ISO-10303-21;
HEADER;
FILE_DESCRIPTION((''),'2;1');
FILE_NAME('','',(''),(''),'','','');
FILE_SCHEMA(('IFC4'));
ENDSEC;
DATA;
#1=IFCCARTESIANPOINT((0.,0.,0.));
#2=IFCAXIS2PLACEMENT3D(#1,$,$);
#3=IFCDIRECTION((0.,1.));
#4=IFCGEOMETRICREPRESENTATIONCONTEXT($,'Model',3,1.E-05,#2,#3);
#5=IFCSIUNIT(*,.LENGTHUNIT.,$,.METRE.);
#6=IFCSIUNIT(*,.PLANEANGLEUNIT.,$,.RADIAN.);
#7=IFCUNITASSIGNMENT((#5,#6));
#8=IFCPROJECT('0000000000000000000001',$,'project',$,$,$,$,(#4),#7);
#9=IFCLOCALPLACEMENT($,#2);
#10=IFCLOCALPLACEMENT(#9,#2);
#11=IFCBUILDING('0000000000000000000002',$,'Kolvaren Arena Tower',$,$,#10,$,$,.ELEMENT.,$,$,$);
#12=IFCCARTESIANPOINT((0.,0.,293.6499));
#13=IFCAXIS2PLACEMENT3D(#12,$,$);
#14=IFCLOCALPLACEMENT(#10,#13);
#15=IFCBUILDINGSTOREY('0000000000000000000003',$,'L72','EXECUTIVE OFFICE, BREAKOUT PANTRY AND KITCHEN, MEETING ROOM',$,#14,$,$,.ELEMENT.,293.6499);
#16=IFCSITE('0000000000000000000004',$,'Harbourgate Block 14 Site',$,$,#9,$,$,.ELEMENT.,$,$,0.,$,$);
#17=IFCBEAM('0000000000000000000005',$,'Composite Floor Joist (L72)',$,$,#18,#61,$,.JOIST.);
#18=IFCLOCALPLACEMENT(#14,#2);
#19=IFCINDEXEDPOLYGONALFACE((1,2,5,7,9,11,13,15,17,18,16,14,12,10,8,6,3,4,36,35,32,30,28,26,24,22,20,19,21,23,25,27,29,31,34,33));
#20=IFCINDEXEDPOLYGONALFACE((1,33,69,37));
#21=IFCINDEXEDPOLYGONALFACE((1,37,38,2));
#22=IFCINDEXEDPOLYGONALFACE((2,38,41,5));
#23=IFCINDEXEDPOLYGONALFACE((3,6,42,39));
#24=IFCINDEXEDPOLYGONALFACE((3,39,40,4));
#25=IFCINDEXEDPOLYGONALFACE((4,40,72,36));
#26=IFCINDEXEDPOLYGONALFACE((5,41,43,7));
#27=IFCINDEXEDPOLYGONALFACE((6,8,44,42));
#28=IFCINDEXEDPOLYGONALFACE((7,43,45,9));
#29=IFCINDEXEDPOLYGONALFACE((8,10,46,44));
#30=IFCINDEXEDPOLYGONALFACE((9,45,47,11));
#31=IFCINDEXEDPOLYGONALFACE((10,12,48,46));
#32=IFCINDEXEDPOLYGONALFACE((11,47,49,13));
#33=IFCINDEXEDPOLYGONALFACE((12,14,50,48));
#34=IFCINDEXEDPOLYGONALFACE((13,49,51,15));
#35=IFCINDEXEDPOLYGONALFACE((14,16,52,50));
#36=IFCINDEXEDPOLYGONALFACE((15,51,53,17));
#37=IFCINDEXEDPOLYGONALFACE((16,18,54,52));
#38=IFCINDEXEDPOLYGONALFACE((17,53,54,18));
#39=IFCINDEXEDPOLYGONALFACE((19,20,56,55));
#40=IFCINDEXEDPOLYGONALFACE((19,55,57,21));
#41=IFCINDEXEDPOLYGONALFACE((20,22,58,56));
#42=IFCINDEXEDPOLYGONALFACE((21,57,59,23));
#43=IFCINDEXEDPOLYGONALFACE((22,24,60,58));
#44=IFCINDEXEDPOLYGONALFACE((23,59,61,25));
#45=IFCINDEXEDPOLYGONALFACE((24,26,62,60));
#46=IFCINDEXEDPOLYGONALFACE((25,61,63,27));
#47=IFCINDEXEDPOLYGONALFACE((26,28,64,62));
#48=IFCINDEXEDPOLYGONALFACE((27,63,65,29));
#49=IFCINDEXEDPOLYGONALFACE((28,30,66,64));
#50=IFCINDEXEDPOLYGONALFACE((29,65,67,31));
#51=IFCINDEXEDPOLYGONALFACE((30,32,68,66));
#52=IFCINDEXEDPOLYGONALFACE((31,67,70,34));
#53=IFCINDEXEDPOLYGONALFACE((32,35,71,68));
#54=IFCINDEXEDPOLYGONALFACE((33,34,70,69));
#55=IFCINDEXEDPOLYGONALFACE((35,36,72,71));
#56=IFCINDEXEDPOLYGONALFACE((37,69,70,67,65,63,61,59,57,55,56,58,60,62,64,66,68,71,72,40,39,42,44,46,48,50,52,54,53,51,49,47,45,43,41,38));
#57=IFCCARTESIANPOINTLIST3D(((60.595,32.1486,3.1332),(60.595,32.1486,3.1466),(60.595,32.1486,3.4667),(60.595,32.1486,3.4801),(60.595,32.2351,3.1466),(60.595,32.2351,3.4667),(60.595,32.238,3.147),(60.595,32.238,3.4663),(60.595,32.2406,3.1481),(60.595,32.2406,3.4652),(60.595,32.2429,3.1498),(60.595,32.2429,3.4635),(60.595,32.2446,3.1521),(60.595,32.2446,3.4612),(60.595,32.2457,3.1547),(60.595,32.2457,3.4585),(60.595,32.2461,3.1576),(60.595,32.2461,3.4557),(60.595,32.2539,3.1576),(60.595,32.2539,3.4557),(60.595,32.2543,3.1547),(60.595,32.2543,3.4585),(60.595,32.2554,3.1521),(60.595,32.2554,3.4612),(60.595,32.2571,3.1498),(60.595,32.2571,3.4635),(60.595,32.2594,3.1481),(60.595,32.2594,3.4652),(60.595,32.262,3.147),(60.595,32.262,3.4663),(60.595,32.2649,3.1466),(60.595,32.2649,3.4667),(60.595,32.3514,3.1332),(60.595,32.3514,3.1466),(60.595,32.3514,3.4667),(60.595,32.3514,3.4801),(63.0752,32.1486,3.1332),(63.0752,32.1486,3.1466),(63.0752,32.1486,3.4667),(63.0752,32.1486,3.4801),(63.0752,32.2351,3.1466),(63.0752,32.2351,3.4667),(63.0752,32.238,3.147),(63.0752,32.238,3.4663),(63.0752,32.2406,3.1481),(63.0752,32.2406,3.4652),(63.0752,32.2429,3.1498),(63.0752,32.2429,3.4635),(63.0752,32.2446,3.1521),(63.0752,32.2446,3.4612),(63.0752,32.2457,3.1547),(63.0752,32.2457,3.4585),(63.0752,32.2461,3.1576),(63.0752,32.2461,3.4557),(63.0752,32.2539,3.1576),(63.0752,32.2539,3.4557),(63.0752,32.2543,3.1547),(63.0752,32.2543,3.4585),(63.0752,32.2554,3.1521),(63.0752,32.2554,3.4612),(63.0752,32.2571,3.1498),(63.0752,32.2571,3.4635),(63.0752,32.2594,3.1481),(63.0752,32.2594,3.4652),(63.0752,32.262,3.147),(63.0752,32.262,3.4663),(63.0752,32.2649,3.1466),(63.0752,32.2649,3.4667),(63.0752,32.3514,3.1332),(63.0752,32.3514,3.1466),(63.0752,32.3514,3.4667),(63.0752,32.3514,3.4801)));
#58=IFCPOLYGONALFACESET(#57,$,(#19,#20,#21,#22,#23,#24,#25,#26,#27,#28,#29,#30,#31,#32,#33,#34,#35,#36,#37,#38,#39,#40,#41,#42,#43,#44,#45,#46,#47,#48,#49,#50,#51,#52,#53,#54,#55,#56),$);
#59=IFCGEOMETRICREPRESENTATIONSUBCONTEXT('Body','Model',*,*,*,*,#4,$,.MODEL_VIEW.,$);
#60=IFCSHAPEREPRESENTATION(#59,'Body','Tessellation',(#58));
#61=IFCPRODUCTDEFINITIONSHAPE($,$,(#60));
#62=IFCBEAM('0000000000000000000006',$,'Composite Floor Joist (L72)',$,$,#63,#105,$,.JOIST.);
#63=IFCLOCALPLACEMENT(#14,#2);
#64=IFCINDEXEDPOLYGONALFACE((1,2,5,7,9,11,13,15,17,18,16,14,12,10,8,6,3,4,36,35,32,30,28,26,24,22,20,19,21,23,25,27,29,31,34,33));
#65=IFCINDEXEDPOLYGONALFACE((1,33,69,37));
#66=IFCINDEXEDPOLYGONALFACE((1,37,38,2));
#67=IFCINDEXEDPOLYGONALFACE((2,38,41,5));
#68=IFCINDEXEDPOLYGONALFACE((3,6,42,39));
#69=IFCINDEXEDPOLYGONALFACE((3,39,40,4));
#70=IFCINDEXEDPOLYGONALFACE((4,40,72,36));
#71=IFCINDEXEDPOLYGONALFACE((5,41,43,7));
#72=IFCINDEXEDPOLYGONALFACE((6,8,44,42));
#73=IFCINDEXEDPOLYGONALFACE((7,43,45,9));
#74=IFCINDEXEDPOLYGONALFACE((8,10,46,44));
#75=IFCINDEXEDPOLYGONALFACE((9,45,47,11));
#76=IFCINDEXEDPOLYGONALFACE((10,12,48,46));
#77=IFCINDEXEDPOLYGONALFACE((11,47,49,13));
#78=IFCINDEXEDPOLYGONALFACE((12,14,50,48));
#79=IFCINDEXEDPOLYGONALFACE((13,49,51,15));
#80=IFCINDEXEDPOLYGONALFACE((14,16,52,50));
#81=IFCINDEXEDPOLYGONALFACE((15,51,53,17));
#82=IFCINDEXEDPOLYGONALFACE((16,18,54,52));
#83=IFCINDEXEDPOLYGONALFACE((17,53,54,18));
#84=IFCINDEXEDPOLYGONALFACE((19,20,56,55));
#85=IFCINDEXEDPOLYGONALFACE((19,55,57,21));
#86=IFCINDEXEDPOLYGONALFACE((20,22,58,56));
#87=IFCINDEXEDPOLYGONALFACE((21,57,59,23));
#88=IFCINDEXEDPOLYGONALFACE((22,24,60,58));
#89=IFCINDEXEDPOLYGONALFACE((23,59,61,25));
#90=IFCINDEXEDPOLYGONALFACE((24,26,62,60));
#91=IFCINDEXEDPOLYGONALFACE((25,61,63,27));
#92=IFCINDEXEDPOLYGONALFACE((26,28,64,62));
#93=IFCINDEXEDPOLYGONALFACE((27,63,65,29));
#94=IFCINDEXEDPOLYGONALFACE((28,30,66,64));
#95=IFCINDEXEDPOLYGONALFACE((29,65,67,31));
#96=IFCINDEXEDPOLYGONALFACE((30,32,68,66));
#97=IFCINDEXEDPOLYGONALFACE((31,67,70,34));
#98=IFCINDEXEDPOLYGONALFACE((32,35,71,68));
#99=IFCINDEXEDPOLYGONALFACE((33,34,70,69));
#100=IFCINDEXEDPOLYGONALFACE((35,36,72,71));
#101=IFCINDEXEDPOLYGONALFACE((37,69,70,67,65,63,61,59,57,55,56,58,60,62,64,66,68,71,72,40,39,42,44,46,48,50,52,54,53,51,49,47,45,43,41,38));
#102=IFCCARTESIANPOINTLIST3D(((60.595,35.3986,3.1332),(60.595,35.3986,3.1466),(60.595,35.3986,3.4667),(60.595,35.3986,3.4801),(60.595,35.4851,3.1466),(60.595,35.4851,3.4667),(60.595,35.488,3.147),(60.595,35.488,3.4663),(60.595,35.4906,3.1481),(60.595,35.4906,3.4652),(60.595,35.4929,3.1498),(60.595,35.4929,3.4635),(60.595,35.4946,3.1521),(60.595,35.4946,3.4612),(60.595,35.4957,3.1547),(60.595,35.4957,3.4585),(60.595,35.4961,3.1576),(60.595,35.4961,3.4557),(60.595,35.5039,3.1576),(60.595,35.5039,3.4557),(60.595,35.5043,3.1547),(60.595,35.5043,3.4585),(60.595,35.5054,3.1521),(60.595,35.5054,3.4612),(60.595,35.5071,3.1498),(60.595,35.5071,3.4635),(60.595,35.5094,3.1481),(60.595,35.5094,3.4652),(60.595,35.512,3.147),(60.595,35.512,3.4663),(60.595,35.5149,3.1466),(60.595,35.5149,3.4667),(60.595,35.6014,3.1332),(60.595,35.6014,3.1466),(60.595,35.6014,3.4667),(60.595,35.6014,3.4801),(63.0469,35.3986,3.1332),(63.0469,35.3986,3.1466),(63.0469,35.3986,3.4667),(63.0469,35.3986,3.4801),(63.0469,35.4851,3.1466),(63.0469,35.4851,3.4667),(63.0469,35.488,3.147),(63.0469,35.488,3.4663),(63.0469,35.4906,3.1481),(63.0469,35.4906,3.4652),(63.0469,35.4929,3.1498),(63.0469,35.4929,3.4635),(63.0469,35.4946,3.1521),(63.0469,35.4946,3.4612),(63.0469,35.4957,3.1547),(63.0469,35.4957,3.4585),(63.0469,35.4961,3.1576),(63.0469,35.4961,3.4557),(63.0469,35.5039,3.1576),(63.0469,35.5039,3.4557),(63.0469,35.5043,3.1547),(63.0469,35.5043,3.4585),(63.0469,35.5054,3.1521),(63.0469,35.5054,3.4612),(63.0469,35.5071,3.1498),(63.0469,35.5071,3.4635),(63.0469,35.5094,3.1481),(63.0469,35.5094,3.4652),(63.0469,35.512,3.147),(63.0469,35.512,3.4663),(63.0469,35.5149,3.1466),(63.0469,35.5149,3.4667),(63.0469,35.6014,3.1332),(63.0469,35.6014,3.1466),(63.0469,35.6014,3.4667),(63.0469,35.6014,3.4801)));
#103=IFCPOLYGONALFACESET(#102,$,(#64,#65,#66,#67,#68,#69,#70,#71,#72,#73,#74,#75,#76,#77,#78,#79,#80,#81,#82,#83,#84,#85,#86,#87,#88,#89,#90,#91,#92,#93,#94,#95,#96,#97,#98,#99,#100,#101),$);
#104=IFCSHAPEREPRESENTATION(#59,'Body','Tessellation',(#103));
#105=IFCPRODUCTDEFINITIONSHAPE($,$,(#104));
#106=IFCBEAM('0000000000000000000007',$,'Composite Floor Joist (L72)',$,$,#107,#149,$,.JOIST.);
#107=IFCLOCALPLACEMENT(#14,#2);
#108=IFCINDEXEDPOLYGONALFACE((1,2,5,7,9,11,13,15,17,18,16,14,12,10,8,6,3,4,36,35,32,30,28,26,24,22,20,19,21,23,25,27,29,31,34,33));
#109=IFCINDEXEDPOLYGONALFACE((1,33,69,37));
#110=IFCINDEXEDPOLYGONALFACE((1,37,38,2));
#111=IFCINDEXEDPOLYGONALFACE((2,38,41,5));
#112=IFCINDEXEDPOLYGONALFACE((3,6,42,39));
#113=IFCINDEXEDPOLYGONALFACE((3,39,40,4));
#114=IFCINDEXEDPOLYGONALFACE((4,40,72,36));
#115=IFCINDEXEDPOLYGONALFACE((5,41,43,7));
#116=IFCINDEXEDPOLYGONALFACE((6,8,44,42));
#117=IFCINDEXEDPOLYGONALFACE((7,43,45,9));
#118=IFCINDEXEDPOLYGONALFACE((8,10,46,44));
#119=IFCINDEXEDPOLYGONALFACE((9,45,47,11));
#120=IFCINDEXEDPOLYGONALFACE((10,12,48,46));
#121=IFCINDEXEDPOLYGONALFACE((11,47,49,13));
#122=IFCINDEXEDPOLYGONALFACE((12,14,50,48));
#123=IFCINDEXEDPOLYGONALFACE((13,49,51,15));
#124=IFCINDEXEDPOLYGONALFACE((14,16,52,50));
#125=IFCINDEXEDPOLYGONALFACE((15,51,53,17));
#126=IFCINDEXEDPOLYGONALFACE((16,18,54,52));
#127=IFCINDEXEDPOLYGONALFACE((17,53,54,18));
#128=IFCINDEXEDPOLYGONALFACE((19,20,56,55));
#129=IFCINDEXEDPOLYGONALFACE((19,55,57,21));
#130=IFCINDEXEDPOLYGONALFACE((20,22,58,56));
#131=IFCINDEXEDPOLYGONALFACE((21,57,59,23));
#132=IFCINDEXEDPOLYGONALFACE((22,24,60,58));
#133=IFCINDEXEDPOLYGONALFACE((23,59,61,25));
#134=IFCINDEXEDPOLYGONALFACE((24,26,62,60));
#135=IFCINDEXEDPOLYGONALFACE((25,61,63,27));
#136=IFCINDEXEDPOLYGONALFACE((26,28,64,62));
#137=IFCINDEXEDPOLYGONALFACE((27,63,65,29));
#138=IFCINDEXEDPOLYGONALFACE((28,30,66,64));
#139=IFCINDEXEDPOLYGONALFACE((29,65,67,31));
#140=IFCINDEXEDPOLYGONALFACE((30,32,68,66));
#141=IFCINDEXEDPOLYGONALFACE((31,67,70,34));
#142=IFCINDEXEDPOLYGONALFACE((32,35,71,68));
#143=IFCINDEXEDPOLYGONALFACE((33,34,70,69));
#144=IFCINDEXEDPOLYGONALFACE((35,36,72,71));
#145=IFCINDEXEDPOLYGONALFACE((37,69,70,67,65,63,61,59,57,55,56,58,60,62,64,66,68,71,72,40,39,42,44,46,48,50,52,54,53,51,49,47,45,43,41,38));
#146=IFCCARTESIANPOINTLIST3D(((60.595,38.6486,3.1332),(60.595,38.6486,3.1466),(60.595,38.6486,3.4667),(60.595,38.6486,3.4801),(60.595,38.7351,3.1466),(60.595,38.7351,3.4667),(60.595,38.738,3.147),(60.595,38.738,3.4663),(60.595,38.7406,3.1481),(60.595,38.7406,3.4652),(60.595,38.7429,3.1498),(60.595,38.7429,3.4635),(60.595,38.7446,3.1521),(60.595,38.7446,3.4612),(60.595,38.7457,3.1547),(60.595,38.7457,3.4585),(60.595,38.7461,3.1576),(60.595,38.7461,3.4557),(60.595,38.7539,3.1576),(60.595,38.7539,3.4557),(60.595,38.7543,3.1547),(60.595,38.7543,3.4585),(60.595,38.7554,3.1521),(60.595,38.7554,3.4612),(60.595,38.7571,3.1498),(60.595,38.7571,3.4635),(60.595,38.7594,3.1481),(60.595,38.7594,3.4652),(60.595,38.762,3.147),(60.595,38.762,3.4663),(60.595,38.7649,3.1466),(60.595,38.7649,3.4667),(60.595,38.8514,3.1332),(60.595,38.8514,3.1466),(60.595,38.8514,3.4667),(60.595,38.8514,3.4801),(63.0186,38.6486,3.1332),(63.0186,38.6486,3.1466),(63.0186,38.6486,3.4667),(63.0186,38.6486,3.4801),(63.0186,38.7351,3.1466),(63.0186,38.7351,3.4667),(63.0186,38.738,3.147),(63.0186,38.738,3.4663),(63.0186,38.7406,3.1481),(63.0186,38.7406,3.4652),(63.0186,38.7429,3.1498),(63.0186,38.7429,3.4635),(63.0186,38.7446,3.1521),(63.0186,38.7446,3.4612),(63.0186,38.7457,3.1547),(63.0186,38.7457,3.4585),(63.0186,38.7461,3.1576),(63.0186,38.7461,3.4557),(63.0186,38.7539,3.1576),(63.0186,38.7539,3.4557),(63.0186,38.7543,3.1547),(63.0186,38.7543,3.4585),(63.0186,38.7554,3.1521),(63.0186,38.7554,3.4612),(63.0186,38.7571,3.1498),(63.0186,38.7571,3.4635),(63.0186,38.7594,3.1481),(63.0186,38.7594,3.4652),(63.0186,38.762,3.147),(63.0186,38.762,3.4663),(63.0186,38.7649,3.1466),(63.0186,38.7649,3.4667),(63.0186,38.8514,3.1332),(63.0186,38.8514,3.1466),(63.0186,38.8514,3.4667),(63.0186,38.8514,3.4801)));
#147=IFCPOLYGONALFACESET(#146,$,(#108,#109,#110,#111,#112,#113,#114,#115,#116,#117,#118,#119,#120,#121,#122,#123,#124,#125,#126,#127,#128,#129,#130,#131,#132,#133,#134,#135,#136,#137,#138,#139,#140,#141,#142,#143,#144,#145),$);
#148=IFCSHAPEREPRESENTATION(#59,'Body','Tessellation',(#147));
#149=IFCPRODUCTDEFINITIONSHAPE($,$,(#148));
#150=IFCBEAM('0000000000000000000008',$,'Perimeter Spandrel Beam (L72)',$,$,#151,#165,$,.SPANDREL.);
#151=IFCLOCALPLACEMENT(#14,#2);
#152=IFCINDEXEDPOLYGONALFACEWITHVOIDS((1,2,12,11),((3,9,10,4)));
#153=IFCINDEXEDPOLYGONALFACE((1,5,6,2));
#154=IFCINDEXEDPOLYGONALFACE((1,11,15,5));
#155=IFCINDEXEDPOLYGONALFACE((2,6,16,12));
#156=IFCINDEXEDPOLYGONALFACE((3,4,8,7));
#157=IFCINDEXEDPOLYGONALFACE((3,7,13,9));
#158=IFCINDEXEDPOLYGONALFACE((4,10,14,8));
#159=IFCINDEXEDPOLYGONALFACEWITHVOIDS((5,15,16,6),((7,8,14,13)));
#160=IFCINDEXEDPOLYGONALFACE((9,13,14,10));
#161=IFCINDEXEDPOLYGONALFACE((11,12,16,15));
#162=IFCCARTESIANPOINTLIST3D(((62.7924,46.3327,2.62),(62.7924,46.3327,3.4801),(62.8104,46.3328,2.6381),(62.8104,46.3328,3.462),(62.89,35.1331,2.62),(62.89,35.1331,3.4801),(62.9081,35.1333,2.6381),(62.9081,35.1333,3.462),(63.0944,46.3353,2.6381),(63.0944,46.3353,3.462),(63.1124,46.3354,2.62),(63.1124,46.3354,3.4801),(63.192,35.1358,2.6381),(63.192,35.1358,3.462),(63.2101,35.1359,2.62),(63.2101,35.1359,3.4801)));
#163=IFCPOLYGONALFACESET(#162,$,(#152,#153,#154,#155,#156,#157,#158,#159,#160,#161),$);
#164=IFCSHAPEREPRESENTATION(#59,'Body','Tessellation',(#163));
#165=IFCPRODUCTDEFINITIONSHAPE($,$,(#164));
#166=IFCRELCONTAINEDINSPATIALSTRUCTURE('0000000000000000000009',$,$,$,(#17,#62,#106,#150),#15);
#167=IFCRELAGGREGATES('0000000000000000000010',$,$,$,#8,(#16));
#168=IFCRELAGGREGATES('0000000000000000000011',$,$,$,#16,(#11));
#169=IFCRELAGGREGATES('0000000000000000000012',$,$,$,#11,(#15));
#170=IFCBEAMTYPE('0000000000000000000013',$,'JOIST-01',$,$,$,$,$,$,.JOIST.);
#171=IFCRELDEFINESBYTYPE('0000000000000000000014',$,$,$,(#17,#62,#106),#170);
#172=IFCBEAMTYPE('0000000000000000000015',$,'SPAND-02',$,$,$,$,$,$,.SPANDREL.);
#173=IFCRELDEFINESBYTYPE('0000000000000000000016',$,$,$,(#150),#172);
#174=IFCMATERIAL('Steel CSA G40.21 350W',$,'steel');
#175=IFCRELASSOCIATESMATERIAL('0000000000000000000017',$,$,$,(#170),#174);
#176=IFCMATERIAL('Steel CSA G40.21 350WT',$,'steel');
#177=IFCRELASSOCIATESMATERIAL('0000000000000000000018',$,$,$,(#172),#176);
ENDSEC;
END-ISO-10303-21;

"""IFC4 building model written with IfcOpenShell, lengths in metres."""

from ifc_helpers import new_model, si_unit, direction, frame, origin, origin_2d, place, context, subcontext, project, spatial, hollow_rectangle, i_section, extrude, material, material_profile, profile_set, type_object, element, save


model = new_model("IFC4")

# Units and contexts
model_context = context("Model", 3, precision=1e-05, world=origin(), true_north=direction((0.0, 1.0)))
body_context = subcontext(model_context, "Body", "Model", "MODEL_VIEW")
ifc_project = project(units=[si_unit("LENGTHUNIT", "METRE"), si_unit("PLANEANGLEUNIT", "RADIAN")], contexts=[model_context])

# Site, building, storey
site_placement = place(None, origin())
site = spatial("IfcSite", under=ifc_project, at=site_placement, Name="Harbourgate Block 14 Site", CompositionType="ELEMENT", RefElevation=0.0)
building_placement = place(site_placement, origin())
building = spatial("IfcBuilding", under=site, at=building_placement, Name="Kolvaren Arena Tower", CompositionType="ELEMENT")
storey_placement = place(building_placement, frame((0.0, 0.0, 293.6499)))
storey = spatial("IfcBuildingStorey", under=building, at=storey_placement, Name="L72", Description="EXECUTIVE OFFICE, BREAKOUT PANTRY AND KITCHEN, MEETING ROOM", CompositionType="ELEMENT", Elevation=293.6499)

# Beams
ifc_material_1 = material(Name="Steel CSA G40.21 350W", Category="steel")
ifc_material_profile_1 = material_profile(ifc_material_1, i_section(OverallWidth=0.2029, OverallDepth=0.3469, WebThickness=0.0078, FlangeThickness=0.0134, FilletRadius=0.011, at=origin_2d()), Name="W360x64")
ifc_profile_set_1 = profile_set([ifc_material_profile_1], Name="Steel CSA G40.21 350W")
beam_type_1 = type_object("IfcBeamType", Name="JOIST-01", PredefinedType="JOIST", material=ifc_profile_set_1)
beam_1_placement = place(storey_placement, frame((60.595, 32.25, 3.3066), z_axis=(1.0, 0.0, 0.0), x_axis=(0.0, 1.0, 0.0)))
element("IfcBeam", 1, at=beam_1_placement, inside=storey, type_object=beam_type_1, Name="Composite Floor Joist (L72)", PredefinedType="JOIST", context=body_context, shape_type="SweptSolid", body=[
    extrude(i_section(OverallWidth=0.2029, OverallDepth=0.3469, WebThickness=0.0078, FlangeThickness=0.0134, FilletRadius=0.011, at=origin_2d()), origin(), (0.0, 0.0, 1.0), 2.4802),
])
beam_2_placement = place(storey_placement, frame((60.595, 35.5, 3.3066), z_axis=(1.0, 0.0, 0.0), x_axis=(0.0, 1.0, 0.0)))
element("IfcBeam", 2, at=beam_2_placement, inside=storey, type_object=beam_type_1, Name="Composite Floor Joist (L72)", PredefinedType="JOIST", context=body_context, shape_type="SweptSolid", body=[
    extrude(i_section(OverallWidth=0.2029, OverallDepth=0.3469, WebThickness=0.0078, FlangeThickness=0.0134, FilletRadius=0.011, at=origin_2d()), origin(), (0.0, 0.0, 1.0), 2.4519),
])
beam_3_placement = place(storey_placement, frame((60.595, 38.75, 3.3066), z_axis=(1.0, 0.0, 0.0), x_axis=(0.0, 1.0, 0.0)))
element("IfcBeam", 3, at=beam_3_placement, inside=storey, type_object=beam_type_1, Name="Composite Floor Joist (L72)", PredefinedType="JOIST", context=body_context, shape_type="SweptSolid", body=[
    extrude(i_section(OverallWidth=0.2029, OverallDepth=0.3469, WebThickness=0.0078, FlangeThickness=0.0134, FilletRadius=0.011, at=origin_2d()), origin(), (0.0, 0.0, 1.0), 2.4236),
])
ifc_material_2 = material(Name="Steel CSA G40.21 350WT", Category="steel")
ifc_material_profile_2 = material_profile(ifc_material_2, hollow_rectangle(XDim=0.3201, YDim=0.8601, WallThickness=0.0181, at=origin_2d()), Name="HSS 860x320x18")
ifc_profile_set_2 = profile_set([ifc_material_profile_2], Name="Steel CSA G40.21 350WT")
beam_type_2 = type_object("IfcBeamType", Name="SPAND-02", PredefinedType="SPANDREL", material=ifc_profile_set_2)
beam_4_placement = place(storey_placement, frame((63.05, 35.1345, 3.05), z_axis=(-0.008719, 0.999962, 0.0), x_axis=(-0.999962, -0.008719, 0.0)))
element("IfcBeam", 4, at=beam_4_placement, inside=storey, type_object=beam_type_2, Name="Perimeter Spandrel Beam (L72)", PredefinedType="SPANDREL", context=body_context, shape_type="SweptSolid", body=[
    extrude(hollow_rectangle(XDim=0.3201, YDim=0.8601, WallThickness=0.0181, at=origin_2d()), origin(), (0.0, 0.0, 1.0), 11.2),
])

save(model, "model.ifc")
